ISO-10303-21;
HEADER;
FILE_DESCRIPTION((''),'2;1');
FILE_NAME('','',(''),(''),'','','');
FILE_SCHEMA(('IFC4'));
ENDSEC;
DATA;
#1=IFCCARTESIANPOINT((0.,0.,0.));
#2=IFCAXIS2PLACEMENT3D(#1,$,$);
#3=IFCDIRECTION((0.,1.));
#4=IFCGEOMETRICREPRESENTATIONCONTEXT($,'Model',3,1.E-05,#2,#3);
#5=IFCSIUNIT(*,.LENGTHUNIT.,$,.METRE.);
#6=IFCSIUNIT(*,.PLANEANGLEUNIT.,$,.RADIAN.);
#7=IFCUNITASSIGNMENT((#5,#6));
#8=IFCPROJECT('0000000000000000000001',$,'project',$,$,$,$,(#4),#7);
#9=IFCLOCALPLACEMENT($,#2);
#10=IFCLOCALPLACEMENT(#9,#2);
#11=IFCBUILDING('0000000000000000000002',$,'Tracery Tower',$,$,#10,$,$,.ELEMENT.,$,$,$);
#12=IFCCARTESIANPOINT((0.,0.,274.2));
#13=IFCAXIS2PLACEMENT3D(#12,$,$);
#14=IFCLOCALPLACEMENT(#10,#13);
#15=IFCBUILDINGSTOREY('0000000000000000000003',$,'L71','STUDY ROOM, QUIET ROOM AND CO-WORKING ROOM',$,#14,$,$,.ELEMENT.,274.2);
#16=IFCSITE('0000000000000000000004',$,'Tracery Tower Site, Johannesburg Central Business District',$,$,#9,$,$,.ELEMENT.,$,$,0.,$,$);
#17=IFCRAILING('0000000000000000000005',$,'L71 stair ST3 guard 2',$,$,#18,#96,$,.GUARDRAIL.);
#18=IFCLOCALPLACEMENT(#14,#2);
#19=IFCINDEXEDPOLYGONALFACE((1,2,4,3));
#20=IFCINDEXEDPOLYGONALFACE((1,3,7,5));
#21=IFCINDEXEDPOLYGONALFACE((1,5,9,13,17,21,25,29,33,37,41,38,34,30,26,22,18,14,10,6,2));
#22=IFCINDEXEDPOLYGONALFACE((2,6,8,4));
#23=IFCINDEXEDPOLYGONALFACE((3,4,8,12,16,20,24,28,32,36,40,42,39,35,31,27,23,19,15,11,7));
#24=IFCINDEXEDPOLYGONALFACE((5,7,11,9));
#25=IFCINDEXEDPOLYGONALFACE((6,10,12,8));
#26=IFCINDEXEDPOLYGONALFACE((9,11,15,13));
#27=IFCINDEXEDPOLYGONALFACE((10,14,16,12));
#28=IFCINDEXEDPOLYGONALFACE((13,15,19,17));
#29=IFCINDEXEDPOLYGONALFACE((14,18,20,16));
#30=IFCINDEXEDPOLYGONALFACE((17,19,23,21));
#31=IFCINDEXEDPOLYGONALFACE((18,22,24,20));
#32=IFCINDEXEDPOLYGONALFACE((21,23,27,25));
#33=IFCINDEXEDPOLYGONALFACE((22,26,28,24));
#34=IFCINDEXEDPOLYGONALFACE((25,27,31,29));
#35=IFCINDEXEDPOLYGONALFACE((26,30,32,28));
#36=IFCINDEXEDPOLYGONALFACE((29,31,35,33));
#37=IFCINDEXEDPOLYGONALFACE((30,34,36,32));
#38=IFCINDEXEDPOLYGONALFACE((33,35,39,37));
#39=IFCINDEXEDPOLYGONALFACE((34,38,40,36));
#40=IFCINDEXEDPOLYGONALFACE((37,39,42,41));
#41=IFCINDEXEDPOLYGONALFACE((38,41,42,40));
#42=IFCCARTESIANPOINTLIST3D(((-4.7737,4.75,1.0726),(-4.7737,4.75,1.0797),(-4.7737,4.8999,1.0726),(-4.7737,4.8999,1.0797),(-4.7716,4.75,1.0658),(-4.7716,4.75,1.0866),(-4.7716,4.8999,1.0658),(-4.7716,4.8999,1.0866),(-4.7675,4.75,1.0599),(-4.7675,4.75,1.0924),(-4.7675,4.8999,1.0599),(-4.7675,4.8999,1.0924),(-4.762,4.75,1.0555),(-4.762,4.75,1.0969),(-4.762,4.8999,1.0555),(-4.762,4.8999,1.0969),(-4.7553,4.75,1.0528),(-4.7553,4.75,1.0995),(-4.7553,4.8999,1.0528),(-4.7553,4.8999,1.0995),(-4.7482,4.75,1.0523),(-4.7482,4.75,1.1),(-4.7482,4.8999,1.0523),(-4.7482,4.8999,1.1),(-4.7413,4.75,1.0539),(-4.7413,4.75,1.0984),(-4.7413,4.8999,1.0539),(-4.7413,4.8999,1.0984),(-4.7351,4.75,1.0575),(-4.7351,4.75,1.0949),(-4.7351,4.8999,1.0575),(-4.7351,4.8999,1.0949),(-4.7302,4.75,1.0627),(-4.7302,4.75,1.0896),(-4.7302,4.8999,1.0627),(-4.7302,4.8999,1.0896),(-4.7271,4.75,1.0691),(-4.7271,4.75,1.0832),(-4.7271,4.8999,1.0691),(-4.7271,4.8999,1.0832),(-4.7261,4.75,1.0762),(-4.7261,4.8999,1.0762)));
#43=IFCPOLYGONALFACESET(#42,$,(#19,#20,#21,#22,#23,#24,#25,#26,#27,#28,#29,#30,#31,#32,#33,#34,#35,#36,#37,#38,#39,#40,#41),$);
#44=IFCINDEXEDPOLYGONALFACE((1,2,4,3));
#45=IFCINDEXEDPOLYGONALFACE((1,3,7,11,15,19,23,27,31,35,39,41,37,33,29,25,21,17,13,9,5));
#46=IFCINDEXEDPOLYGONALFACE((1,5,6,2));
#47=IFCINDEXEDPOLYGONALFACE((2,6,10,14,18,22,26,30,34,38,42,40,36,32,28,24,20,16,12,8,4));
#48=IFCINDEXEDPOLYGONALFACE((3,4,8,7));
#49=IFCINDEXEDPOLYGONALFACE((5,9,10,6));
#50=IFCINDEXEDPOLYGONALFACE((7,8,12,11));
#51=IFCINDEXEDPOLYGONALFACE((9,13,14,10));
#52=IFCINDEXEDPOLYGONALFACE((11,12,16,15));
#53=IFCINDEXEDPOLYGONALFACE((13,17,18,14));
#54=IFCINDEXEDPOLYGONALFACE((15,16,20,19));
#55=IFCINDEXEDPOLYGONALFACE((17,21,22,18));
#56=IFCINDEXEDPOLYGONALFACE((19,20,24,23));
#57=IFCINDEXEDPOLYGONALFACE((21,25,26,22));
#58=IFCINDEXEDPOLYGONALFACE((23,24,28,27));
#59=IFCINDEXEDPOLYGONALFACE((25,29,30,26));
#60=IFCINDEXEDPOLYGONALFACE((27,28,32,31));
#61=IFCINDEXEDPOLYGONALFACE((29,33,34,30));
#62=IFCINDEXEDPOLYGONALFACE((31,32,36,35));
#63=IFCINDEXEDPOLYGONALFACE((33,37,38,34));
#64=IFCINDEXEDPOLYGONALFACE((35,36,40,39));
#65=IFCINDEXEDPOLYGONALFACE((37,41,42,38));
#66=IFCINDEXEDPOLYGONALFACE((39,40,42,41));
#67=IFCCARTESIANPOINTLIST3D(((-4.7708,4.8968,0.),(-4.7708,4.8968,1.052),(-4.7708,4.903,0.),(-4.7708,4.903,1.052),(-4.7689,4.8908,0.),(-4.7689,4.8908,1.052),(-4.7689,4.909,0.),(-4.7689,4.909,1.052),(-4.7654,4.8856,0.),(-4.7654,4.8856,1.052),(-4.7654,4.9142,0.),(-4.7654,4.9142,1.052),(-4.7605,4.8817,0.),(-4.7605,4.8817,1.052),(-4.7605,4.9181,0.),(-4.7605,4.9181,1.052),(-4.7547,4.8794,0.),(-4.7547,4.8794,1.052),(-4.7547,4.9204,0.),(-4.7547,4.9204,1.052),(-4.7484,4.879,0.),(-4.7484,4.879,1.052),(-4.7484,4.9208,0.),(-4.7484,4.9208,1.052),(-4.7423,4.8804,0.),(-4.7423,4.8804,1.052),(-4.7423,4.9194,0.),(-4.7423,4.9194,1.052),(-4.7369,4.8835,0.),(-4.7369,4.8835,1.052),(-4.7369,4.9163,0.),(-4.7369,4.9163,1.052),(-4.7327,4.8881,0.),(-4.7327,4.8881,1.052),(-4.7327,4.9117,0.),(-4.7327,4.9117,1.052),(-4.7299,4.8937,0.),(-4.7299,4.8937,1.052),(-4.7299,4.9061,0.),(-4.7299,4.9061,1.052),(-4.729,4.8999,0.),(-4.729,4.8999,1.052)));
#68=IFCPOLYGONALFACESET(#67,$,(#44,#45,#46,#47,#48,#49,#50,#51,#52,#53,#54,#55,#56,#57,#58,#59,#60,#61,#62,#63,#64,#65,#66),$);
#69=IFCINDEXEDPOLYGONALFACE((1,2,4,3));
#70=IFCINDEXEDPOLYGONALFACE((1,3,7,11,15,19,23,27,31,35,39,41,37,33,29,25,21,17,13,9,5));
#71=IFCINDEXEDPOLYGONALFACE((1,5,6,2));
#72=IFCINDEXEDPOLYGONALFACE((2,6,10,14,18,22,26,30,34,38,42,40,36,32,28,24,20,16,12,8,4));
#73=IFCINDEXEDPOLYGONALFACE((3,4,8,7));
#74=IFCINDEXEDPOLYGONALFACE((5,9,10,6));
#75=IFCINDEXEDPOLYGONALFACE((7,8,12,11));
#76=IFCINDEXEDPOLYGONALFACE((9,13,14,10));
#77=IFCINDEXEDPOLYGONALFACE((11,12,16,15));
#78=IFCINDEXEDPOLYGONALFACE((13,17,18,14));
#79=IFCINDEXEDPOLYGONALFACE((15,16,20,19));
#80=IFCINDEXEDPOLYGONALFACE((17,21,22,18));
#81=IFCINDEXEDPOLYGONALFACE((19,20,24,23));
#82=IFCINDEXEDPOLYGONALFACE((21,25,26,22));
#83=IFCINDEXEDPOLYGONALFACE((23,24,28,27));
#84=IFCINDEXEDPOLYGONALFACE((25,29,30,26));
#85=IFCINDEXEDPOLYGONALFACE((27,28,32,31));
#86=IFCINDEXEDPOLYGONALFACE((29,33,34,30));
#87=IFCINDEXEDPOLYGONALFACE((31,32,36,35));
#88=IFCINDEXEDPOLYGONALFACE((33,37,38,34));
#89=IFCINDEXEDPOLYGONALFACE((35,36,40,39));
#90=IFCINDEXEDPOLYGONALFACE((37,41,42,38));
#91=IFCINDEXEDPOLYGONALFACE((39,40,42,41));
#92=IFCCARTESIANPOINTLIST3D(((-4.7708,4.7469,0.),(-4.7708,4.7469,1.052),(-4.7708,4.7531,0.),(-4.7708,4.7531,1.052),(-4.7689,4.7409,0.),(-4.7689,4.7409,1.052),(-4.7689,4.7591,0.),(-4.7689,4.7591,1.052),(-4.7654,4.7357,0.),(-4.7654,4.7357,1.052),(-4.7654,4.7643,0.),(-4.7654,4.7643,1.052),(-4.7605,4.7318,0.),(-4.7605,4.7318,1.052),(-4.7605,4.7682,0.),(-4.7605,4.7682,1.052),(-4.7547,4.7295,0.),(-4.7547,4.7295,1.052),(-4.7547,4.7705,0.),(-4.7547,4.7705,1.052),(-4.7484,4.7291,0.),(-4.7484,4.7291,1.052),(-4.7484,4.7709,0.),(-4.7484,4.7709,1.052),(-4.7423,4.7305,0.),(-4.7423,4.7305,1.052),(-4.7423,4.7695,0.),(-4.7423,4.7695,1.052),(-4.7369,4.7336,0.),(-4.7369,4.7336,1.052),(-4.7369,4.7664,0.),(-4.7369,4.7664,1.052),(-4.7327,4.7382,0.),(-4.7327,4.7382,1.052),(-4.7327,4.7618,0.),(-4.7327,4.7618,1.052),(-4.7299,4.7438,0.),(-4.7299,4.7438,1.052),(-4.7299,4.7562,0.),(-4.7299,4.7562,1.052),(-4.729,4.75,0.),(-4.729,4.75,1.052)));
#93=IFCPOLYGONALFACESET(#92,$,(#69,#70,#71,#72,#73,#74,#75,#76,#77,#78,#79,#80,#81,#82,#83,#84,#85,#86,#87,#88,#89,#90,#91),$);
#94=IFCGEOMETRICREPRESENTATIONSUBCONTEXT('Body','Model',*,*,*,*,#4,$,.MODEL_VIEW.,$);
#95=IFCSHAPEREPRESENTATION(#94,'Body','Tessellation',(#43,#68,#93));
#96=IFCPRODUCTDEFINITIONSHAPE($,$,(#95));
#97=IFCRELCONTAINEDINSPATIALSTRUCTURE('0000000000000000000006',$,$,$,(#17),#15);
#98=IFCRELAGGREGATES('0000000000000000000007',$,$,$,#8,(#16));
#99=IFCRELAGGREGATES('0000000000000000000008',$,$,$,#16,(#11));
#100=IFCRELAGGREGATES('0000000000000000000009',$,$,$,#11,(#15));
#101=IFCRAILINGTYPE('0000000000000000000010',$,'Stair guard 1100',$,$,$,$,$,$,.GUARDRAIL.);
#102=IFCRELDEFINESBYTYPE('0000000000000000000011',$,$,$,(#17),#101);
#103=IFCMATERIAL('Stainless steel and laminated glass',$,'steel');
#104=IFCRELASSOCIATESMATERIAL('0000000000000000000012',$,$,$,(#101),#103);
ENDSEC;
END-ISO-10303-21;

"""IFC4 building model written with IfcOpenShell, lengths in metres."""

from ifc_helpers import new_model, si_unit, direction, frame, origin, origin_2d, place, context, subcontext, project, spatial, circle, extrude, material, type_object, element, save


model = new_model("IFC4")

# Units and contexts
model_context = context("Model", 3, precision=1e-05, world=origin(), true_north=direction((0.0, 1.0)))
body_context = subcontext(model_context, "Body", "Model", "MODEL_VIEW")
ifc_project = project(units=[si_unit("LENGTHUNIT", "METRE"), si_unit("PLANEANGLEUNIT", "RADIAN")], contexts=[model_context])

# Site, building, storey
site_placement = place(None, origin())
site = spatial("IfcSite", under=ifc_project, at=site_placement, Name="Tracery Tower Site, Johannesburg Central Business District", CompositionType="ELEMENT", RefElevation=0.0)
building_placement = place(site_placement, origin())
building = spatial("IfcBuilding", under=site, at=building_placement, Name="Tracery Tower", CompositionType="ELEMENT")
storey_placement = place(building_placement, frame((0.0, 0.0, 274.2)))
storey = spatial("IfcBuildingStorey", under=building, at=storey_placement, Name="L71", Description="STUDY ROOM, QUIET ROOM AND CO-WORKING ROOM", CompositionType="ELEMENT", Elevation=274.2)

# Railing
ifc_material_1 = material(Name="Stainless steel and laminated glass", Category="steel")
railing_type_1 = type_object("IfcRailingType", Name="Stair guard 1100", PredefinedType="GUARDRAIL", material=ifc_material_1)
railing_1_placement = place(storey_placement, frame((-4.75, 4.8999, 0.0)))
element("IfcRailing", 1, at=railing_1_placement, inside=storey, type_object=railing_type_1, Name="L71 stair ST3 guard 2", PredefinedType="GUARDRAIL", context=body_context, shape_type="SweptSolid", body=[
    extrude(circle(Radius=0.0239, at=origin_2d()), frame((0.0, 0.0, 1.0762), z_axis=(0.0, -1.0, 0.0), x_axis=(1.0, 0.0, 0.0)), (0.0, 0.0, 1.0), 0.1499),
    extrude(circle(Radius=0.021, at=origin_2d()), origin(), (0.0, 0.0, 1.0), 1.052),
    extrude(circle(Radius=0.021, at=origin_2d()), frame((0.0, -0.1499, 0.0)), (0.0, 0.0, 1.0), 1.052),
])

save(model, "model.ifc")
